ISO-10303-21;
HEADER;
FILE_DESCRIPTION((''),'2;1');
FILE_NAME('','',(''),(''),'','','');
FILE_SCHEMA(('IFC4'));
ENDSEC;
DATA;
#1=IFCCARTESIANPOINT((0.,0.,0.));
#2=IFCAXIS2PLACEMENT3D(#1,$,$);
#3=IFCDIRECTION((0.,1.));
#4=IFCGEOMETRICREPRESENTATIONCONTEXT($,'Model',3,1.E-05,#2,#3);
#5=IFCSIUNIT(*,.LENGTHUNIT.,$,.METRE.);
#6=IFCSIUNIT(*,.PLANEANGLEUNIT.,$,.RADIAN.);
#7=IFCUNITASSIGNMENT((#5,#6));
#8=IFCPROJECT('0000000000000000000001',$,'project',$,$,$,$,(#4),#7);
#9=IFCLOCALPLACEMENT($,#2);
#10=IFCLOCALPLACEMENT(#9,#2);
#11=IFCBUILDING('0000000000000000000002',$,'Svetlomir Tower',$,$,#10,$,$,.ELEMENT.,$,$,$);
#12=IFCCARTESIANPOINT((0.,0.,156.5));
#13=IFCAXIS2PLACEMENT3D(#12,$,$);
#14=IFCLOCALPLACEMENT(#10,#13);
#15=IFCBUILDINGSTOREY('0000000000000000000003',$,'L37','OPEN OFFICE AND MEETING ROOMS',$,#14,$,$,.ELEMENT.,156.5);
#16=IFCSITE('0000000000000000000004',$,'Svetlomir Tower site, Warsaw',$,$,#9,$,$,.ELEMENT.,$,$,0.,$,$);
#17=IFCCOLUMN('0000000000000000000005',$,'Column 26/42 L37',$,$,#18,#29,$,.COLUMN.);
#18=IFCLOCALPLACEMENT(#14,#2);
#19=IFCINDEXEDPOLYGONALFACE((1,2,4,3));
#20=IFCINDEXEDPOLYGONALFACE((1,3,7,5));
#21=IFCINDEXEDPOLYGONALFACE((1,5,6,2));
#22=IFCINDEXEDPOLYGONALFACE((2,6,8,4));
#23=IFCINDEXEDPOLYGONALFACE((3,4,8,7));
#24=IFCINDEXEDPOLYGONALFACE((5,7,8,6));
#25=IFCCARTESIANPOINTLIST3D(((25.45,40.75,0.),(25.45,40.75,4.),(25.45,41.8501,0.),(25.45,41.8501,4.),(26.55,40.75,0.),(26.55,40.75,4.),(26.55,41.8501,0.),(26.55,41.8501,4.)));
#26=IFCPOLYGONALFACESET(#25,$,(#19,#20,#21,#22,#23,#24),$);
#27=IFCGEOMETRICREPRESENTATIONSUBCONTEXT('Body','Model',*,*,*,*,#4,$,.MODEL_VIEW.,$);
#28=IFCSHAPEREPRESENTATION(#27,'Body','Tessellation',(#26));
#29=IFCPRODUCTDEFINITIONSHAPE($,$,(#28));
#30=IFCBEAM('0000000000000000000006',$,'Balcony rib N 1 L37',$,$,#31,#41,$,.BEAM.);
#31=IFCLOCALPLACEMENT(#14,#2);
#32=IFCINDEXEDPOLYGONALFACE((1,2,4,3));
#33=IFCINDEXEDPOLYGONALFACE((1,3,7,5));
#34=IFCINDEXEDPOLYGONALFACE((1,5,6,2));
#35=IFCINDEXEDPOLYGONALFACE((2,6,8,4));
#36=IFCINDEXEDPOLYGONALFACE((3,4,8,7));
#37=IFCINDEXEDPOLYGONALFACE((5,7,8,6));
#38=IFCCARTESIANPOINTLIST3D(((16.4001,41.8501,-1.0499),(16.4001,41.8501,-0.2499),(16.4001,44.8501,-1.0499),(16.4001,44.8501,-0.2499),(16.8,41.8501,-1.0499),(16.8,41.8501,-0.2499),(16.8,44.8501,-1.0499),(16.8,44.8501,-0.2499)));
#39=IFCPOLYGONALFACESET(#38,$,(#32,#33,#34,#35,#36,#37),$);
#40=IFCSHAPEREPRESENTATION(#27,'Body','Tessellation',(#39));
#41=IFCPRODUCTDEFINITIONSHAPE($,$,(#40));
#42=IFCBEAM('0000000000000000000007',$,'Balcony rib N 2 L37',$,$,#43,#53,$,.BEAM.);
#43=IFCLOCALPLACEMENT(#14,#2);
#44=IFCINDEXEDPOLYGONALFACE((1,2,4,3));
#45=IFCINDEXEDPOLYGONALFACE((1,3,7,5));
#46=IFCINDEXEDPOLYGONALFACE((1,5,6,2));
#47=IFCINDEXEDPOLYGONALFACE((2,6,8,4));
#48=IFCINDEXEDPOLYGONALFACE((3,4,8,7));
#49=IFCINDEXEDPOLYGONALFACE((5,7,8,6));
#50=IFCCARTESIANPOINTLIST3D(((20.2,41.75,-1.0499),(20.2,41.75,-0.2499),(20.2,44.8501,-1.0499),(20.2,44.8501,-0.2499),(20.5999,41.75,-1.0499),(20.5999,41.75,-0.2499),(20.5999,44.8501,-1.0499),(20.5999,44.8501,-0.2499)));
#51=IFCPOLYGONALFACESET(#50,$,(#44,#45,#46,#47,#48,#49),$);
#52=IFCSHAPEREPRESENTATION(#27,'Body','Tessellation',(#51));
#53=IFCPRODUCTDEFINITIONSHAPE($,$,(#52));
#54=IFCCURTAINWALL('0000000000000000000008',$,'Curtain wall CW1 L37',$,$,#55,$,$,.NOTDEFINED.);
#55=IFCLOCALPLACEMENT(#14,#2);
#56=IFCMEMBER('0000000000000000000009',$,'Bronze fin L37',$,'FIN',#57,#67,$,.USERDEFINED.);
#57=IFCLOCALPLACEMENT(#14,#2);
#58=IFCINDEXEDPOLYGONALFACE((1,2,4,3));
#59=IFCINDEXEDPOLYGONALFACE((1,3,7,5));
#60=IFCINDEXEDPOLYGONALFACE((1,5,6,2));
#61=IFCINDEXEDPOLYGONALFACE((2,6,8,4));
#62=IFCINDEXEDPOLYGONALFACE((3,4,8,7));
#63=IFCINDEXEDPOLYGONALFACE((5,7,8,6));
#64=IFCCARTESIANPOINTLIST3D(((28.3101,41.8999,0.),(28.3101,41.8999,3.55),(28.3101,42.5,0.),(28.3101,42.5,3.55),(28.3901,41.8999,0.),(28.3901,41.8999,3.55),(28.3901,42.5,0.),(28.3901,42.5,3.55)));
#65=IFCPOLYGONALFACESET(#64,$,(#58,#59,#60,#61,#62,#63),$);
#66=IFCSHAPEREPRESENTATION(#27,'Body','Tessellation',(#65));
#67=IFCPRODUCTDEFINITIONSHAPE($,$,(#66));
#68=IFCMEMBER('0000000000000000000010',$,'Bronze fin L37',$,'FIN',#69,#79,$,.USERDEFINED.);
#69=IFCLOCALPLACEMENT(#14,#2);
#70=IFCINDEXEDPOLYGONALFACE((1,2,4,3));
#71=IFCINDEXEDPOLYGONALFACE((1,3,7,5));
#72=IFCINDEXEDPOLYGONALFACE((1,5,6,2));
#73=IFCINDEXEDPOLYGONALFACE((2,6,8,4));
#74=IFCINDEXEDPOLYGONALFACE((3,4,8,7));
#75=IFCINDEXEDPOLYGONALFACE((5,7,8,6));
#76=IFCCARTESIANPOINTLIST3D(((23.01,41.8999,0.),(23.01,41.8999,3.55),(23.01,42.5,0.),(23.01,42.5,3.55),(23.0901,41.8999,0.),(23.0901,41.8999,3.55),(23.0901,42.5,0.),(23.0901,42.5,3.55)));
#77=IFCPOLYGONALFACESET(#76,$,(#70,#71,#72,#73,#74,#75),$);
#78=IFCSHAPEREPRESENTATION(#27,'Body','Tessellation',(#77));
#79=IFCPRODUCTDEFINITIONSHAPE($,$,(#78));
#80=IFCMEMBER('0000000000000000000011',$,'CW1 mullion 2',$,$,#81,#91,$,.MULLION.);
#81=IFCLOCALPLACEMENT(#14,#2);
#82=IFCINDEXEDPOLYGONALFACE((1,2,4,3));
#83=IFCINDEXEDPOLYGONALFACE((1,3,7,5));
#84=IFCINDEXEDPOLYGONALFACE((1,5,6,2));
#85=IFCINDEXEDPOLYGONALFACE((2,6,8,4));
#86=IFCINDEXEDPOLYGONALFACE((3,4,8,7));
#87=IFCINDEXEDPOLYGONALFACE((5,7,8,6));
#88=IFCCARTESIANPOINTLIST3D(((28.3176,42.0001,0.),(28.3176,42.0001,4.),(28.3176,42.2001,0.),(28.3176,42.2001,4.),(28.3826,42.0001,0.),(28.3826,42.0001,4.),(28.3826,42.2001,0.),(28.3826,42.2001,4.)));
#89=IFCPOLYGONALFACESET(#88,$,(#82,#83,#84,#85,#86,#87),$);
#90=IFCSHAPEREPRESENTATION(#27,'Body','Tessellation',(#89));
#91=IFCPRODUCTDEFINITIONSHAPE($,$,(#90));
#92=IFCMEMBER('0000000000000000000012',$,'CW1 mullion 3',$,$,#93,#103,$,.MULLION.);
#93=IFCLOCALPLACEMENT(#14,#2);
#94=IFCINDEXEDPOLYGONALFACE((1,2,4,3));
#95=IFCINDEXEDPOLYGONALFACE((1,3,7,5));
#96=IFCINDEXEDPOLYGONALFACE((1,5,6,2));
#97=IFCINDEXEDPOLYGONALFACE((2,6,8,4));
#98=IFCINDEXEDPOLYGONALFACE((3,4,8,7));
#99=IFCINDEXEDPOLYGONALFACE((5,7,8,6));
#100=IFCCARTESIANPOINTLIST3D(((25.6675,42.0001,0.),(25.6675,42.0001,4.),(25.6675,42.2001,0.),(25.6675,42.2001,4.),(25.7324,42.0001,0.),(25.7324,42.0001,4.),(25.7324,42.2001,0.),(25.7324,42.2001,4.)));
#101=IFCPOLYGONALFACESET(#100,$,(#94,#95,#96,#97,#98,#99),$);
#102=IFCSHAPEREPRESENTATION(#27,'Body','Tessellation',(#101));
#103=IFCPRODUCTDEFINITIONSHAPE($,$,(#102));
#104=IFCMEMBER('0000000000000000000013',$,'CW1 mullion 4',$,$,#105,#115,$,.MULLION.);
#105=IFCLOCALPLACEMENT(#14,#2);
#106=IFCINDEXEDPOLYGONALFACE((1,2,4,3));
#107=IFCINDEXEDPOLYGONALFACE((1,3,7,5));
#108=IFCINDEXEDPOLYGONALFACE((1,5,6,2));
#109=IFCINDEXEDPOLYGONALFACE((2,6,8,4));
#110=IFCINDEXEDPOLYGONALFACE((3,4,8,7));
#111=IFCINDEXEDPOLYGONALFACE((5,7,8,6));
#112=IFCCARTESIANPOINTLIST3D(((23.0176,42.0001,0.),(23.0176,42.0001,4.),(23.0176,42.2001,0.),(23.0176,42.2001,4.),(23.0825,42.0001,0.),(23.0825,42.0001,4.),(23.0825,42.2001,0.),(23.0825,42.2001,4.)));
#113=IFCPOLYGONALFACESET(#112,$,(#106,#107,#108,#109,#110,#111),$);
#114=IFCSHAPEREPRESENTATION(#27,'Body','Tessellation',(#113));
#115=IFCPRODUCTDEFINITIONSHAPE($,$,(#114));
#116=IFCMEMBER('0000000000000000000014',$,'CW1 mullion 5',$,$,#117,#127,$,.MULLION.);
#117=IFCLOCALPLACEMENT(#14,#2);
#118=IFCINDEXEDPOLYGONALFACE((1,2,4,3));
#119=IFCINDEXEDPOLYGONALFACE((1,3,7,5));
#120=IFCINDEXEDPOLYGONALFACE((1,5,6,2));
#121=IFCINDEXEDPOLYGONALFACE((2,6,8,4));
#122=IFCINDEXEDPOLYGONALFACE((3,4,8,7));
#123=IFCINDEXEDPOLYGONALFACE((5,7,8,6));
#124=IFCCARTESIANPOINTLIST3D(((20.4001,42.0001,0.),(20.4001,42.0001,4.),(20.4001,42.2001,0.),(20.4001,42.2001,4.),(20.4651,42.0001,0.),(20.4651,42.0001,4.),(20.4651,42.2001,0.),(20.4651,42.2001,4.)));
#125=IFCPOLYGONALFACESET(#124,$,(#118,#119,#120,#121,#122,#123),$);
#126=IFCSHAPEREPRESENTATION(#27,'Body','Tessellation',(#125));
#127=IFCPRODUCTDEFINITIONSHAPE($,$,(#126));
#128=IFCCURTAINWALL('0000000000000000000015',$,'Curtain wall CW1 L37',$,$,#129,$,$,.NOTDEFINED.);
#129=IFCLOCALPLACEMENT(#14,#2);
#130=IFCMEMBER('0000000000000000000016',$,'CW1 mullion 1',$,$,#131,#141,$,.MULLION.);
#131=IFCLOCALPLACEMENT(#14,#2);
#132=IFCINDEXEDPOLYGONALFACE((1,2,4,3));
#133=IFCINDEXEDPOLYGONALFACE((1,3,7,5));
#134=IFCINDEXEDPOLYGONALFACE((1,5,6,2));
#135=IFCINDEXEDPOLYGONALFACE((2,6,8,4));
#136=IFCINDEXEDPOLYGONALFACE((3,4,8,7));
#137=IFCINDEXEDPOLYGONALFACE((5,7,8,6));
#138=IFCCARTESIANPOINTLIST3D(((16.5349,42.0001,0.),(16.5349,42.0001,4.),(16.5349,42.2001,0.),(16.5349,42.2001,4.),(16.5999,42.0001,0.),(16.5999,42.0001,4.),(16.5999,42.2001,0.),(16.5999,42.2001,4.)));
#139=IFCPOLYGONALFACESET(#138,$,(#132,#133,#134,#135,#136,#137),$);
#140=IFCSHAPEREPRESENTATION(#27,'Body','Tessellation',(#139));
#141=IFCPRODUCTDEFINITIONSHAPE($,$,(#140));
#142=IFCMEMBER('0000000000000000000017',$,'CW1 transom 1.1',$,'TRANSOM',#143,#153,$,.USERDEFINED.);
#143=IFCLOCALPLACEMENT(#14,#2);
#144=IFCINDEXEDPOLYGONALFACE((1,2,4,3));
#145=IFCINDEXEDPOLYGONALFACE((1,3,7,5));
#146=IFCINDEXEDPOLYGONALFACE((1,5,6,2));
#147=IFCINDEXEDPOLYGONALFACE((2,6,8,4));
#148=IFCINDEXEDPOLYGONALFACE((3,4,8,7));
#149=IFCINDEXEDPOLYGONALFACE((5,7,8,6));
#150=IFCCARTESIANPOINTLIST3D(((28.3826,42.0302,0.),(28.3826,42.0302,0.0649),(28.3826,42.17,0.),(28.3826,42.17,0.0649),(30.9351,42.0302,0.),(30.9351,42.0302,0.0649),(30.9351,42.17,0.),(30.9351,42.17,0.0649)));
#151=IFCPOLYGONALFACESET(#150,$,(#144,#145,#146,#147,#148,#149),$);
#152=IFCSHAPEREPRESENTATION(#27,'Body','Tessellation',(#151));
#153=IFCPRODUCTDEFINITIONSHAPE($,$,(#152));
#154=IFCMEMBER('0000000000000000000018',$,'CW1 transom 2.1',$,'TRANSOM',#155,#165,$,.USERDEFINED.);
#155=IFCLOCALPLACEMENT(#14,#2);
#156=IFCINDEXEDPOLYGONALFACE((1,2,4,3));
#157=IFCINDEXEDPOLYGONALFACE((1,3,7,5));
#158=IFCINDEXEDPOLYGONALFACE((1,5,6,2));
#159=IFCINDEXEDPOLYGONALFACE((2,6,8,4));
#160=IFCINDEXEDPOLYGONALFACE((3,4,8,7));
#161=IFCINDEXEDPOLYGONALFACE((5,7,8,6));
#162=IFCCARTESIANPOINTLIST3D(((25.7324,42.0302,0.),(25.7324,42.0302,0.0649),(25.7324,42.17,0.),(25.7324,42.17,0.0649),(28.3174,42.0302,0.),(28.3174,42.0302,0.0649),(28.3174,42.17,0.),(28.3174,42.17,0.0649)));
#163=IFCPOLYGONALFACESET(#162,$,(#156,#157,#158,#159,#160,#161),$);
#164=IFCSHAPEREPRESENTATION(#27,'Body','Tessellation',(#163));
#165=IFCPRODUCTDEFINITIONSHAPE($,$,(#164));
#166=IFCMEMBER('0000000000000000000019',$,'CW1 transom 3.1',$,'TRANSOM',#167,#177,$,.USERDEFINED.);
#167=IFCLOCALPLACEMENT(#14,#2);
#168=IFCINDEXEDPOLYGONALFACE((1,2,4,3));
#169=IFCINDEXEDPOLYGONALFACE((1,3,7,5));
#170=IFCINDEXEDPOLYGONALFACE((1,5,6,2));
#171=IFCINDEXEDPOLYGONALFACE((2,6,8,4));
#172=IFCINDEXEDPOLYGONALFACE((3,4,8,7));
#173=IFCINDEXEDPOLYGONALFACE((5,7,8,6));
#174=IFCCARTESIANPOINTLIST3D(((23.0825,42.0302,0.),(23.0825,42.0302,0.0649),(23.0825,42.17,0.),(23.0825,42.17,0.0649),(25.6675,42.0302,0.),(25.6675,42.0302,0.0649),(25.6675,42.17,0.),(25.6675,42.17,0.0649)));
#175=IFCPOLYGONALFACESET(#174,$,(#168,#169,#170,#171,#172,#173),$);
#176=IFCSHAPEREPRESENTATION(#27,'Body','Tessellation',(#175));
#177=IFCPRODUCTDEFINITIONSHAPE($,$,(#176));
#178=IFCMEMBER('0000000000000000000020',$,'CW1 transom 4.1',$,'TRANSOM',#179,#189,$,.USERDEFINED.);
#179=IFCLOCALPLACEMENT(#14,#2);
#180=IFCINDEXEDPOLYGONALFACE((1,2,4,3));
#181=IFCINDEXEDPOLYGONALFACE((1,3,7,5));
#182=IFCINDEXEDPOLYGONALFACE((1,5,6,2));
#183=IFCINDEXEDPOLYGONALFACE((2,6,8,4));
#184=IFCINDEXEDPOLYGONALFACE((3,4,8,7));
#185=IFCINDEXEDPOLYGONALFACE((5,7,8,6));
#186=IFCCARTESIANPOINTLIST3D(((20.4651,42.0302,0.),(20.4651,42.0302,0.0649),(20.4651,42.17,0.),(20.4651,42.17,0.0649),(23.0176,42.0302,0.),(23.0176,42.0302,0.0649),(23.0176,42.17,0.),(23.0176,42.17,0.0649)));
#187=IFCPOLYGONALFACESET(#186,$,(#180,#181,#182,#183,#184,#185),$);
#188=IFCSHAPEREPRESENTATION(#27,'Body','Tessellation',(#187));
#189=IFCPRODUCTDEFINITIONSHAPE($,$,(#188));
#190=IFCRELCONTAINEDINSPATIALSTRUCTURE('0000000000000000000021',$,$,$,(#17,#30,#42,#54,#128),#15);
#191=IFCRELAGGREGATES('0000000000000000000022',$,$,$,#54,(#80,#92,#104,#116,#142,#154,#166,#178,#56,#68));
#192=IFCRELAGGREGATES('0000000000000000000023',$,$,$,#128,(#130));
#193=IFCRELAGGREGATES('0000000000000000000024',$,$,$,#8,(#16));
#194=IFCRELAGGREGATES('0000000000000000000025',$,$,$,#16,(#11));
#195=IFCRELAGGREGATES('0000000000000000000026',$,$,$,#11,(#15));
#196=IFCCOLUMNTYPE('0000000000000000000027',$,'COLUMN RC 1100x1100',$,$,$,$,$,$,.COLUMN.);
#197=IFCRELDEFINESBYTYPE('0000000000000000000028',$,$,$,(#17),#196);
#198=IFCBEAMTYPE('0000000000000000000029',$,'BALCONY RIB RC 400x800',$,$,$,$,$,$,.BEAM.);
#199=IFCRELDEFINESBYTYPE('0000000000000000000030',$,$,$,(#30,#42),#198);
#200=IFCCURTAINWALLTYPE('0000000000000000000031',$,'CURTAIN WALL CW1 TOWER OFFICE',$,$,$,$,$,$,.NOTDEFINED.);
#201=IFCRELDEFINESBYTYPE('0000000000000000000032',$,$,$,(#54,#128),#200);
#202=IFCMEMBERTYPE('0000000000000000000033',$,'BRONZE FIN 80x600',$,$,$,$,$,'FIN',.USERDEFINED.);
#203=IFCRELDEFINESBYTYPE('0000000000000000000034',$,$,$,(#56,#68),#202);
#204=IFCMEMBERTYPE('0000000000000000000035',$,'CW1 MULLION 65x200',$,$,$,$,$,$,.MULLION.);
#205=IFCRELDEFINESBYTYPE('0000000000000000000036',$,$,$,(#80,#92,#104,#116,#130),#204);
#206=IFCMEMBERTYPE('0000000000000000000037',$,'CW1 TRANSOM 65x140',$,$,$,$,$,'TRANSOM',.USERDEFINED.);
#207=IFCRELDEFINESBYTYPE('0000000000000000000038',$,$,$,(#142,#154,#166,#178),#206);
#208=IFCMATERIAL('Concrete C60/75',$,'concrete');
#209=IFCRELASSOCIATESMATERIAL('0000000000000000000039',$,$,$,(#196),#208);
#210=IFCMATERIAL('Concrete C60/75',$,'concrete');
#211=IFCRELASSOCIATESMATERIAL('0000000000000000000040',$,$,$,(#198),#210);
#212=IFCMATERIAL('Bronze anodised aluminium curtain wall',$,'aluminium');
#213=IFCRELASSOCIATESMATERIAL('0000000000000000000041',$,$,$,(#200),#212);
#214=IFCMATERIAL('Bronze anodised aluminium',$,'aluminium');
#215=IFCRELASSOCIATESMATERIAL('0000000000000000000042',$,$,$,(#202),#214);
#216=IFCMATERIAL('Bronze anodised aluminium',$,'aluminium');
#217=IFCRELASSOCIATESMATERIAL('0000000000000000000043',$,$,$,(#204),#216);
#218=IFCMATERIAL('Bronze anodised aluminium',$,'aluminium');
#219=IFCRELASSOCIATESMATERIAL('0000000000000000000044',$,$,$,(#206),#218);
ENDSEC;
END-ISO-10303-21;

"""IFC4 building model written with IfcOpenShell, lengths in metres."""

from ifc_helpers import new_model, si_unit, direction, frame, origin, origin_2d, place, context, subcontext, project, spatial, rectangle, extrude, material, material_profile, profile_set, type_object, element, aggregate, save


model = new_model("IFC4")

# Units and contexts
model_context = context("Model", 3, precision=1e-05, world=origin(), true_north=direction((0.0, 1.0)))
body_context = subcontext(model_context, "Body", "Model", "MODEL_VIEW")
ifc_project = project(units=[si_unit("LENGTHUNIT", "METRE"), si_unit("PLANEANGLEUNIT", "RADIAN")], contexts=[model_context])

# Site, building, storey
site_placement = place(None, origin())
site = spatial("IfcSite", under=ifc_project, at=site_placement, Name="Svetlomir Tower site, Warsaw", CompositionType="ELEMENT", RefElevation=0.0)
building_placement = place(site_placement, origin())
building = spatial("IfcBuilding", under=site, at=building_placement, Name="Svetlomir Tower", CompositionType="ELEMENT")
storey_placement = place(building_placement, frame((0.0, 0.0, 156.5)))
storey = spatial("IfcBuildingStorey", under=building, at=storey_placement, Name="L37", Description="OPEN OFFICE AND MEETING ROOMS", CompositionType="ELEMENT", Elevation=156.5)

# Column
ifc_material_1 = material(Name="Concrete C60/75", Category="concrete")
ifc_material_profile_1 = material_profile(ifc_material_1, rectangle(XDim=1.1001, YDim=1.1001, at=origin_2d()), Name="RC 1100x1100")
ifc_profile_set_1 = profile_set([ifc_material_profile_1], Name="Concrete C60/75")
column_type = type_object("IfcColumnType", Name="COLUMN RC 1100x1100", PredefinedType="COLUMN", material=ifc_profile_set_1)
column_placement = place(storey_placement, frame((26.0, 41.3, 0.0), z_axis=(0.0, 0.0, 1.0), x_axis=(1.0, 0.0, 0.0)))
element("IfcColumn", 1, at=column_placement, inside=storey, type_object=column_type, Name="Column 26/42 L37", PredefinedType="COLUMN", context=body_context, shape_type="SweptSolid", body=[
    extrude(rectangle(XDim=1.1001, YDim=1.1001, at=origin_2d()), origin(), (0.0, 0.0, 1.0), 4.0),
])

# Beams
ifc_material_2 = material(Name="Concrete C60/75", Category="concrete")
ifc_material_profile_2 = material_profile(ifc_material_2, rectangle(XDim=0.3999, YDim=0.8, at=origin_2d()), Name="RC 400x800")
ifc_profile_set_2 = profile_set([ifc_material_profile_2], Name="Concrete C60/75")
beam_type_1 = type_object("IfcBeamType", Name="BALCONY RIB RC 400x800", PredefinedType="BEAM", material=ifc_profile_set_2)
beam_1_placement = place(storey_placement, frame((16.6001, 41.8501, -0.6499), z_axis=(0.0, 1.0, 0.0), x_axis=(-1.0, 0.0, 0.0)))
element("IfcBeam", 2, at=beam_1_placement, inside=storey, type_object=beam_type_1, Name="Balcony rib N 1 L37", PredefinedType="BEAM", context=body_context, shape_type="SweptSolid", body=[
    extrude(rectangle(XDim=0.3999, YDim=0.8, at=origin_2d()), origin(), (0.0, 0.0, 1.0), 3.0),
])
beam_2_placement = place(storey_placement, frame((20.3999, 41.75, -0.6499), z_axis=(0.0, 1.0, 0.0), x_axis=(-1.0, 0.0, 0.0)))
element("IfcBeam", 3, at=beam_2_placement, inside=storey, type_object=beam_type_1, Name="Balcony rib N 2 L37", PredefinedType="BEAM", context=body_context, shape_type="SweptSolid", body=[
    extrude(rectangle(XDim=0.3999, YDim=0.8, at=origin_2d()), origin(), (0.0, 0.0, 1.0), 3.1001),
])

# Curtain wall, members
ifc_material_3 = material(Name="Bronze anodised aluminium curtain wall", Category="aluminium")
curtain_wall_type = type_object("IfcCurtainWallType", Name="CURTAIN WALL CW1 TOWER OFFICE", PredefinedType="NOTDEFINED", material=ifc_material_3)
curtain_wall_1_placement = place(storey_placement, origin())
curtain_wall_1 = element("IfcCurtainWall", 4, at=curtain_wall_1_placement, inside=storey, type_object=curtain_wall_type, Name="Curtain wall CW1 L37", PredefinedType="NOTDEFINED")
ifc_material_4 = material(Name="Bronze anodised aluminium", Category="aluminium")
ifc_material_profile_3 = material_profile(ifc_material_4, rectangle(XDim=0.0801, YDim=0.6001, at=origin_2d()), Name="FIN 80x600")
ifc_profile_set_3 = profile_set([ifc_material_profile_3], Name="Bronze anodised aluminium 6063-T6")
member_type_1 = type_object("IfcMemberType", Name="BRONZE FIN 80x600", ElementType="FIN", PredefinedType="USERDEFINED", material=ifc_profile_set_3)
member_1_placement = place(storey_placement, frame((28.3501, 42.2, 0.0), z_axis=(0.0, 0.0, 1.0), x_axis=(1.0, 0.0, 0.0)))
member_1 = element("IfcMember", 5, at=member_1_placement, type_object=member_type_1, Name="Bronze fin L37", ObjectType="FIN", PredefinedType="USERDEFINED", context=body_context, shape_type="SweptSolid", body=[
    extrude(rectangle(XDim=0.0801, YDim=0.6001, at=origin_2d()), origin(), (0.0, 0.0, 1.0), 3.55),
])
member_2_placement = place(storey_placement, frame((23.05, 42.2, 0.0), z_axis=(0.0, 0.0, 1.0), x_axis=(1.0, 0.0, 0.0)))
member_2 = element("IfcMember", 6, at=member_2_placement, type_object=member_type_1, Name="Bronze fin L37", ObjectType="FIN", PredefinedType="USERDEFINED", context=body_context, shape_type="SweptSolid", body=[
    extrude(rectangle(XDim=0.0801, YDim=0.6001, at=origin_2d()), origin(), (0.0, 0.0, 1.0), 3.55),
])
ifc_material_5 = material(Name="Bronze anodised aluminium", Category="aluminium")
ifc_material_profile_4 = material_profile(ifc_material_5, rectangle(XDim=0.0649, YDim=0.2, at=origin_2d()), Name="AL 65x200")
ifc_profile_set_4 = profile_set([ifc_material_profile_4], Name="Bronze anodised aluminium 6063-T6")
member_type_2 = type_object("IfcMemberType", Name="CW1 MULLION 65x200", PredefinedType="MULLION", material=ifc_profile_set_4)
member_3_placement = place(storey_placement, frame((28.3501, 42.1001, 0.0), z_axis=(0.0, 0.0, 1.0), x_axis=(-1.0, 0.0, 0.0)))
member_3 = element("IfcMember", 7, at=member_3_placement, type_object=member_type_2, Name="CW1 mullion 2", PredefinedType="MULLION", context=body_context, shape_type="SweptSolid", body=[
    extrude(rectangle(XDim=0.0649, YDim=0.2, at=origin_2d()), origin(), (0.0, 0.0, 1.0), 4.0),
])
member_4_placement = place(storey_placement, frame((25.7, 42.1001, 0.0), z_axis=(0.0, 0.0, 1.0), x_axis=(-1.0, 0.0, 0.0)))
member_4 = element("IfcMember", 8, at=member_4_placement, type_object=member_type_2, Name="CW1 mullion 3", PredefinedType="MULLION", context=body_context, shape_type="SweptSolid", body=[
    extrude(rectangle(XDim=0.0649, YDim=0.2, at=origin_2d()), origin(), (0.0, 0.0, 1.0), 4.0),
])
member_5_placement = place(storey_placement, frame((23.05, 42.1001, 0.0), z_axis=(0.0, 0.0, 1.0), x_axis=(-1.0, 0.0, 0.0)))
member_5 = element("IfcMember", 9, at=member_5_placement, type_object=member_type_2, Name="CW1 mullion 4", PredefinedType="MULLION", context=body_context, shape_type="SweptSolid", body=[
    extrude(rectangle(XDim=0.0649, YDim=0.2, at=origin_2d()), origin(), (0.0, 0.0, 1.0), 4.0),
])
member_6_placement = place(storey_placement, frame((20.4326, 42.1001, 0.0), z_axis=(0.0, 0.0, 1.0), x_axis=(-1.0, 0.0, 0.0)))
member_6 = element("IfcMember", 10, at=member_6_placement, type_object=member_type_2, Name="CW1 mullion 5", PredefinedType="MULLION", context=body_context, shape_type="SweptSolid", body=[
    extrude(rectangle(XDim=0.0649, YDim=0.2, at=origin_2d()), origin(), (0.0, 0.0, 1.0), 4.0),
])

# Curtain wall, member
curtain_wall_2_placement = place(storey_placement, origin())
curtain_wall_2 = element("IfcCurtainWall", 11, at=curtain_wall_2_placement, inside=storey, type_object=curtain_wall_type, Name="Curtain wall CW1 L37", PredefinedType="NOTDEFINED")
member_7_placement = place(storey_placement, frame((16.5674, 42.1001, 0.0), z_axis=(0.0, 0.0, 1.0), x_axis=(-1.0, 0.0, 0.0)))
member_7 = element("IfcMember", 12, at=member_7_placement, type_object=member_type_2, Name="CW1 mullion 1", PredefinedType="MULLION", context=body_context, shape_type="SweptSolid", body=[
    extrude(rectangle(XDim=0.0649, YDim=0.2, at=origin_2d()), origin(), (0.0, 0.0, 1.0), 4.0),
])

# Members
ifc_material_6 = material(Name="Bronze anodised aluminium", Category="aluminium")
ifc_material_profile_5 = material_profile(ifc_material_6, rectangle(XDim=0.1399, YDim=0.0649, at=origin_2d()), Name="AL 140x65")
ifc_profile_set_5 = profile_set([ifc_material_profile_5], Name="Bronze anodised aluminium 6063-T6")
member_type_3 = type_object("IfcMemberType", Name="CW1 TRANSOM 65x140", ElementType="TRANSOM", PredefinedType="USERDEFINED", material=ifc_profile_set_5)
member_8_placement = place(storey_placement, frame((30.9351, 42.1001, 0.0325), z_axis=(-1.0, 0.0, 0.0), x_axis=(0.0, -1.0, 0.0)))
member_8 = element("IfcMember", 13, at=member_8_placement, type_object=member_type_3, Name="CW1 transom 1.1", ObjectType="TRANSOM", PredefinedType="USERDEFINED", context=body_context, shape_type="SweptSolid", body=[
    extrude(rectangle(XDim=0.1399, YDim=0.0649, at=origin_2d()), origin(), (0.0, 0.0, 1.0), 2.5525),
])
member_9_placement = place(storey_placement, frame((28.3174, 42.1001, 0.0325), z_axis=(-1.0, 0.0, 0.0), x_axis=(0.0, -1.0, 0.0)))
member_9 = element("IfcMember", 14, at=member_9_placement, type_object=member_type_3, Name="CW1 transom 2.1", ObjectType="TRANSOM", PredefinedType="USERDEFINED", context=body_context, shape_type="SweptSolid", body=[
    extrude(rectangle(XDim=0.1399, YDim=0.0649, at=origin_2d()), origin(), (0.0, 0.0, 1.0), 2.585),
])
member_10_placement = place(storey_placement, frame((25.6675, 42.1001, 0.0325), z_axis=(-1.0, 0.0, 0.0), x_axis=(0.0, -1.0, 0.0)))
member_10 = element("IfcMember", 15, at=member_10_placement, type_object=member_type_3, Name="CW1 transom 3.1", ObjectType="TRANSOM", PredefinedType="USERDEFINED", context=body_context, shape_type="SweptSolid", body=[
    extrude(rectangle(XDim=0.1399, YDim=0.0649, at=origin_2d()), origin(), (0.0, 0.0, 1.0), 2.585),
])
member_11_placement = place(storey_placement, frame((23.0176, 42.1001, 0.0325), z_axis=(-1.0, 0.0, 0.0), x_axis=(0.0, -1.0, 0.0)))
member_11 = element("IfcMember", 16, at=member_11_placement, type_object=member_type_3, Name="CW1 transom 4.1", ObjectType="TRANSOM", PredefinedType="USERDEFINED", context=body_context, shape_type="SweptSolid", body=[
    extrude(rectangle(XDim=0.1399, YDim=0.0649, at=origin_2d()), origin(), (0.0, 0.0, 1.0), 2.5525),
])

aggregate(curtain_wall_1, [member_3, member_4, member_5, member_6, member_8, member_9, member_10, member_11, member_1, member_2])
aggregate(curtain_wall_2, [member_7])

save(model, "model.ifc")
